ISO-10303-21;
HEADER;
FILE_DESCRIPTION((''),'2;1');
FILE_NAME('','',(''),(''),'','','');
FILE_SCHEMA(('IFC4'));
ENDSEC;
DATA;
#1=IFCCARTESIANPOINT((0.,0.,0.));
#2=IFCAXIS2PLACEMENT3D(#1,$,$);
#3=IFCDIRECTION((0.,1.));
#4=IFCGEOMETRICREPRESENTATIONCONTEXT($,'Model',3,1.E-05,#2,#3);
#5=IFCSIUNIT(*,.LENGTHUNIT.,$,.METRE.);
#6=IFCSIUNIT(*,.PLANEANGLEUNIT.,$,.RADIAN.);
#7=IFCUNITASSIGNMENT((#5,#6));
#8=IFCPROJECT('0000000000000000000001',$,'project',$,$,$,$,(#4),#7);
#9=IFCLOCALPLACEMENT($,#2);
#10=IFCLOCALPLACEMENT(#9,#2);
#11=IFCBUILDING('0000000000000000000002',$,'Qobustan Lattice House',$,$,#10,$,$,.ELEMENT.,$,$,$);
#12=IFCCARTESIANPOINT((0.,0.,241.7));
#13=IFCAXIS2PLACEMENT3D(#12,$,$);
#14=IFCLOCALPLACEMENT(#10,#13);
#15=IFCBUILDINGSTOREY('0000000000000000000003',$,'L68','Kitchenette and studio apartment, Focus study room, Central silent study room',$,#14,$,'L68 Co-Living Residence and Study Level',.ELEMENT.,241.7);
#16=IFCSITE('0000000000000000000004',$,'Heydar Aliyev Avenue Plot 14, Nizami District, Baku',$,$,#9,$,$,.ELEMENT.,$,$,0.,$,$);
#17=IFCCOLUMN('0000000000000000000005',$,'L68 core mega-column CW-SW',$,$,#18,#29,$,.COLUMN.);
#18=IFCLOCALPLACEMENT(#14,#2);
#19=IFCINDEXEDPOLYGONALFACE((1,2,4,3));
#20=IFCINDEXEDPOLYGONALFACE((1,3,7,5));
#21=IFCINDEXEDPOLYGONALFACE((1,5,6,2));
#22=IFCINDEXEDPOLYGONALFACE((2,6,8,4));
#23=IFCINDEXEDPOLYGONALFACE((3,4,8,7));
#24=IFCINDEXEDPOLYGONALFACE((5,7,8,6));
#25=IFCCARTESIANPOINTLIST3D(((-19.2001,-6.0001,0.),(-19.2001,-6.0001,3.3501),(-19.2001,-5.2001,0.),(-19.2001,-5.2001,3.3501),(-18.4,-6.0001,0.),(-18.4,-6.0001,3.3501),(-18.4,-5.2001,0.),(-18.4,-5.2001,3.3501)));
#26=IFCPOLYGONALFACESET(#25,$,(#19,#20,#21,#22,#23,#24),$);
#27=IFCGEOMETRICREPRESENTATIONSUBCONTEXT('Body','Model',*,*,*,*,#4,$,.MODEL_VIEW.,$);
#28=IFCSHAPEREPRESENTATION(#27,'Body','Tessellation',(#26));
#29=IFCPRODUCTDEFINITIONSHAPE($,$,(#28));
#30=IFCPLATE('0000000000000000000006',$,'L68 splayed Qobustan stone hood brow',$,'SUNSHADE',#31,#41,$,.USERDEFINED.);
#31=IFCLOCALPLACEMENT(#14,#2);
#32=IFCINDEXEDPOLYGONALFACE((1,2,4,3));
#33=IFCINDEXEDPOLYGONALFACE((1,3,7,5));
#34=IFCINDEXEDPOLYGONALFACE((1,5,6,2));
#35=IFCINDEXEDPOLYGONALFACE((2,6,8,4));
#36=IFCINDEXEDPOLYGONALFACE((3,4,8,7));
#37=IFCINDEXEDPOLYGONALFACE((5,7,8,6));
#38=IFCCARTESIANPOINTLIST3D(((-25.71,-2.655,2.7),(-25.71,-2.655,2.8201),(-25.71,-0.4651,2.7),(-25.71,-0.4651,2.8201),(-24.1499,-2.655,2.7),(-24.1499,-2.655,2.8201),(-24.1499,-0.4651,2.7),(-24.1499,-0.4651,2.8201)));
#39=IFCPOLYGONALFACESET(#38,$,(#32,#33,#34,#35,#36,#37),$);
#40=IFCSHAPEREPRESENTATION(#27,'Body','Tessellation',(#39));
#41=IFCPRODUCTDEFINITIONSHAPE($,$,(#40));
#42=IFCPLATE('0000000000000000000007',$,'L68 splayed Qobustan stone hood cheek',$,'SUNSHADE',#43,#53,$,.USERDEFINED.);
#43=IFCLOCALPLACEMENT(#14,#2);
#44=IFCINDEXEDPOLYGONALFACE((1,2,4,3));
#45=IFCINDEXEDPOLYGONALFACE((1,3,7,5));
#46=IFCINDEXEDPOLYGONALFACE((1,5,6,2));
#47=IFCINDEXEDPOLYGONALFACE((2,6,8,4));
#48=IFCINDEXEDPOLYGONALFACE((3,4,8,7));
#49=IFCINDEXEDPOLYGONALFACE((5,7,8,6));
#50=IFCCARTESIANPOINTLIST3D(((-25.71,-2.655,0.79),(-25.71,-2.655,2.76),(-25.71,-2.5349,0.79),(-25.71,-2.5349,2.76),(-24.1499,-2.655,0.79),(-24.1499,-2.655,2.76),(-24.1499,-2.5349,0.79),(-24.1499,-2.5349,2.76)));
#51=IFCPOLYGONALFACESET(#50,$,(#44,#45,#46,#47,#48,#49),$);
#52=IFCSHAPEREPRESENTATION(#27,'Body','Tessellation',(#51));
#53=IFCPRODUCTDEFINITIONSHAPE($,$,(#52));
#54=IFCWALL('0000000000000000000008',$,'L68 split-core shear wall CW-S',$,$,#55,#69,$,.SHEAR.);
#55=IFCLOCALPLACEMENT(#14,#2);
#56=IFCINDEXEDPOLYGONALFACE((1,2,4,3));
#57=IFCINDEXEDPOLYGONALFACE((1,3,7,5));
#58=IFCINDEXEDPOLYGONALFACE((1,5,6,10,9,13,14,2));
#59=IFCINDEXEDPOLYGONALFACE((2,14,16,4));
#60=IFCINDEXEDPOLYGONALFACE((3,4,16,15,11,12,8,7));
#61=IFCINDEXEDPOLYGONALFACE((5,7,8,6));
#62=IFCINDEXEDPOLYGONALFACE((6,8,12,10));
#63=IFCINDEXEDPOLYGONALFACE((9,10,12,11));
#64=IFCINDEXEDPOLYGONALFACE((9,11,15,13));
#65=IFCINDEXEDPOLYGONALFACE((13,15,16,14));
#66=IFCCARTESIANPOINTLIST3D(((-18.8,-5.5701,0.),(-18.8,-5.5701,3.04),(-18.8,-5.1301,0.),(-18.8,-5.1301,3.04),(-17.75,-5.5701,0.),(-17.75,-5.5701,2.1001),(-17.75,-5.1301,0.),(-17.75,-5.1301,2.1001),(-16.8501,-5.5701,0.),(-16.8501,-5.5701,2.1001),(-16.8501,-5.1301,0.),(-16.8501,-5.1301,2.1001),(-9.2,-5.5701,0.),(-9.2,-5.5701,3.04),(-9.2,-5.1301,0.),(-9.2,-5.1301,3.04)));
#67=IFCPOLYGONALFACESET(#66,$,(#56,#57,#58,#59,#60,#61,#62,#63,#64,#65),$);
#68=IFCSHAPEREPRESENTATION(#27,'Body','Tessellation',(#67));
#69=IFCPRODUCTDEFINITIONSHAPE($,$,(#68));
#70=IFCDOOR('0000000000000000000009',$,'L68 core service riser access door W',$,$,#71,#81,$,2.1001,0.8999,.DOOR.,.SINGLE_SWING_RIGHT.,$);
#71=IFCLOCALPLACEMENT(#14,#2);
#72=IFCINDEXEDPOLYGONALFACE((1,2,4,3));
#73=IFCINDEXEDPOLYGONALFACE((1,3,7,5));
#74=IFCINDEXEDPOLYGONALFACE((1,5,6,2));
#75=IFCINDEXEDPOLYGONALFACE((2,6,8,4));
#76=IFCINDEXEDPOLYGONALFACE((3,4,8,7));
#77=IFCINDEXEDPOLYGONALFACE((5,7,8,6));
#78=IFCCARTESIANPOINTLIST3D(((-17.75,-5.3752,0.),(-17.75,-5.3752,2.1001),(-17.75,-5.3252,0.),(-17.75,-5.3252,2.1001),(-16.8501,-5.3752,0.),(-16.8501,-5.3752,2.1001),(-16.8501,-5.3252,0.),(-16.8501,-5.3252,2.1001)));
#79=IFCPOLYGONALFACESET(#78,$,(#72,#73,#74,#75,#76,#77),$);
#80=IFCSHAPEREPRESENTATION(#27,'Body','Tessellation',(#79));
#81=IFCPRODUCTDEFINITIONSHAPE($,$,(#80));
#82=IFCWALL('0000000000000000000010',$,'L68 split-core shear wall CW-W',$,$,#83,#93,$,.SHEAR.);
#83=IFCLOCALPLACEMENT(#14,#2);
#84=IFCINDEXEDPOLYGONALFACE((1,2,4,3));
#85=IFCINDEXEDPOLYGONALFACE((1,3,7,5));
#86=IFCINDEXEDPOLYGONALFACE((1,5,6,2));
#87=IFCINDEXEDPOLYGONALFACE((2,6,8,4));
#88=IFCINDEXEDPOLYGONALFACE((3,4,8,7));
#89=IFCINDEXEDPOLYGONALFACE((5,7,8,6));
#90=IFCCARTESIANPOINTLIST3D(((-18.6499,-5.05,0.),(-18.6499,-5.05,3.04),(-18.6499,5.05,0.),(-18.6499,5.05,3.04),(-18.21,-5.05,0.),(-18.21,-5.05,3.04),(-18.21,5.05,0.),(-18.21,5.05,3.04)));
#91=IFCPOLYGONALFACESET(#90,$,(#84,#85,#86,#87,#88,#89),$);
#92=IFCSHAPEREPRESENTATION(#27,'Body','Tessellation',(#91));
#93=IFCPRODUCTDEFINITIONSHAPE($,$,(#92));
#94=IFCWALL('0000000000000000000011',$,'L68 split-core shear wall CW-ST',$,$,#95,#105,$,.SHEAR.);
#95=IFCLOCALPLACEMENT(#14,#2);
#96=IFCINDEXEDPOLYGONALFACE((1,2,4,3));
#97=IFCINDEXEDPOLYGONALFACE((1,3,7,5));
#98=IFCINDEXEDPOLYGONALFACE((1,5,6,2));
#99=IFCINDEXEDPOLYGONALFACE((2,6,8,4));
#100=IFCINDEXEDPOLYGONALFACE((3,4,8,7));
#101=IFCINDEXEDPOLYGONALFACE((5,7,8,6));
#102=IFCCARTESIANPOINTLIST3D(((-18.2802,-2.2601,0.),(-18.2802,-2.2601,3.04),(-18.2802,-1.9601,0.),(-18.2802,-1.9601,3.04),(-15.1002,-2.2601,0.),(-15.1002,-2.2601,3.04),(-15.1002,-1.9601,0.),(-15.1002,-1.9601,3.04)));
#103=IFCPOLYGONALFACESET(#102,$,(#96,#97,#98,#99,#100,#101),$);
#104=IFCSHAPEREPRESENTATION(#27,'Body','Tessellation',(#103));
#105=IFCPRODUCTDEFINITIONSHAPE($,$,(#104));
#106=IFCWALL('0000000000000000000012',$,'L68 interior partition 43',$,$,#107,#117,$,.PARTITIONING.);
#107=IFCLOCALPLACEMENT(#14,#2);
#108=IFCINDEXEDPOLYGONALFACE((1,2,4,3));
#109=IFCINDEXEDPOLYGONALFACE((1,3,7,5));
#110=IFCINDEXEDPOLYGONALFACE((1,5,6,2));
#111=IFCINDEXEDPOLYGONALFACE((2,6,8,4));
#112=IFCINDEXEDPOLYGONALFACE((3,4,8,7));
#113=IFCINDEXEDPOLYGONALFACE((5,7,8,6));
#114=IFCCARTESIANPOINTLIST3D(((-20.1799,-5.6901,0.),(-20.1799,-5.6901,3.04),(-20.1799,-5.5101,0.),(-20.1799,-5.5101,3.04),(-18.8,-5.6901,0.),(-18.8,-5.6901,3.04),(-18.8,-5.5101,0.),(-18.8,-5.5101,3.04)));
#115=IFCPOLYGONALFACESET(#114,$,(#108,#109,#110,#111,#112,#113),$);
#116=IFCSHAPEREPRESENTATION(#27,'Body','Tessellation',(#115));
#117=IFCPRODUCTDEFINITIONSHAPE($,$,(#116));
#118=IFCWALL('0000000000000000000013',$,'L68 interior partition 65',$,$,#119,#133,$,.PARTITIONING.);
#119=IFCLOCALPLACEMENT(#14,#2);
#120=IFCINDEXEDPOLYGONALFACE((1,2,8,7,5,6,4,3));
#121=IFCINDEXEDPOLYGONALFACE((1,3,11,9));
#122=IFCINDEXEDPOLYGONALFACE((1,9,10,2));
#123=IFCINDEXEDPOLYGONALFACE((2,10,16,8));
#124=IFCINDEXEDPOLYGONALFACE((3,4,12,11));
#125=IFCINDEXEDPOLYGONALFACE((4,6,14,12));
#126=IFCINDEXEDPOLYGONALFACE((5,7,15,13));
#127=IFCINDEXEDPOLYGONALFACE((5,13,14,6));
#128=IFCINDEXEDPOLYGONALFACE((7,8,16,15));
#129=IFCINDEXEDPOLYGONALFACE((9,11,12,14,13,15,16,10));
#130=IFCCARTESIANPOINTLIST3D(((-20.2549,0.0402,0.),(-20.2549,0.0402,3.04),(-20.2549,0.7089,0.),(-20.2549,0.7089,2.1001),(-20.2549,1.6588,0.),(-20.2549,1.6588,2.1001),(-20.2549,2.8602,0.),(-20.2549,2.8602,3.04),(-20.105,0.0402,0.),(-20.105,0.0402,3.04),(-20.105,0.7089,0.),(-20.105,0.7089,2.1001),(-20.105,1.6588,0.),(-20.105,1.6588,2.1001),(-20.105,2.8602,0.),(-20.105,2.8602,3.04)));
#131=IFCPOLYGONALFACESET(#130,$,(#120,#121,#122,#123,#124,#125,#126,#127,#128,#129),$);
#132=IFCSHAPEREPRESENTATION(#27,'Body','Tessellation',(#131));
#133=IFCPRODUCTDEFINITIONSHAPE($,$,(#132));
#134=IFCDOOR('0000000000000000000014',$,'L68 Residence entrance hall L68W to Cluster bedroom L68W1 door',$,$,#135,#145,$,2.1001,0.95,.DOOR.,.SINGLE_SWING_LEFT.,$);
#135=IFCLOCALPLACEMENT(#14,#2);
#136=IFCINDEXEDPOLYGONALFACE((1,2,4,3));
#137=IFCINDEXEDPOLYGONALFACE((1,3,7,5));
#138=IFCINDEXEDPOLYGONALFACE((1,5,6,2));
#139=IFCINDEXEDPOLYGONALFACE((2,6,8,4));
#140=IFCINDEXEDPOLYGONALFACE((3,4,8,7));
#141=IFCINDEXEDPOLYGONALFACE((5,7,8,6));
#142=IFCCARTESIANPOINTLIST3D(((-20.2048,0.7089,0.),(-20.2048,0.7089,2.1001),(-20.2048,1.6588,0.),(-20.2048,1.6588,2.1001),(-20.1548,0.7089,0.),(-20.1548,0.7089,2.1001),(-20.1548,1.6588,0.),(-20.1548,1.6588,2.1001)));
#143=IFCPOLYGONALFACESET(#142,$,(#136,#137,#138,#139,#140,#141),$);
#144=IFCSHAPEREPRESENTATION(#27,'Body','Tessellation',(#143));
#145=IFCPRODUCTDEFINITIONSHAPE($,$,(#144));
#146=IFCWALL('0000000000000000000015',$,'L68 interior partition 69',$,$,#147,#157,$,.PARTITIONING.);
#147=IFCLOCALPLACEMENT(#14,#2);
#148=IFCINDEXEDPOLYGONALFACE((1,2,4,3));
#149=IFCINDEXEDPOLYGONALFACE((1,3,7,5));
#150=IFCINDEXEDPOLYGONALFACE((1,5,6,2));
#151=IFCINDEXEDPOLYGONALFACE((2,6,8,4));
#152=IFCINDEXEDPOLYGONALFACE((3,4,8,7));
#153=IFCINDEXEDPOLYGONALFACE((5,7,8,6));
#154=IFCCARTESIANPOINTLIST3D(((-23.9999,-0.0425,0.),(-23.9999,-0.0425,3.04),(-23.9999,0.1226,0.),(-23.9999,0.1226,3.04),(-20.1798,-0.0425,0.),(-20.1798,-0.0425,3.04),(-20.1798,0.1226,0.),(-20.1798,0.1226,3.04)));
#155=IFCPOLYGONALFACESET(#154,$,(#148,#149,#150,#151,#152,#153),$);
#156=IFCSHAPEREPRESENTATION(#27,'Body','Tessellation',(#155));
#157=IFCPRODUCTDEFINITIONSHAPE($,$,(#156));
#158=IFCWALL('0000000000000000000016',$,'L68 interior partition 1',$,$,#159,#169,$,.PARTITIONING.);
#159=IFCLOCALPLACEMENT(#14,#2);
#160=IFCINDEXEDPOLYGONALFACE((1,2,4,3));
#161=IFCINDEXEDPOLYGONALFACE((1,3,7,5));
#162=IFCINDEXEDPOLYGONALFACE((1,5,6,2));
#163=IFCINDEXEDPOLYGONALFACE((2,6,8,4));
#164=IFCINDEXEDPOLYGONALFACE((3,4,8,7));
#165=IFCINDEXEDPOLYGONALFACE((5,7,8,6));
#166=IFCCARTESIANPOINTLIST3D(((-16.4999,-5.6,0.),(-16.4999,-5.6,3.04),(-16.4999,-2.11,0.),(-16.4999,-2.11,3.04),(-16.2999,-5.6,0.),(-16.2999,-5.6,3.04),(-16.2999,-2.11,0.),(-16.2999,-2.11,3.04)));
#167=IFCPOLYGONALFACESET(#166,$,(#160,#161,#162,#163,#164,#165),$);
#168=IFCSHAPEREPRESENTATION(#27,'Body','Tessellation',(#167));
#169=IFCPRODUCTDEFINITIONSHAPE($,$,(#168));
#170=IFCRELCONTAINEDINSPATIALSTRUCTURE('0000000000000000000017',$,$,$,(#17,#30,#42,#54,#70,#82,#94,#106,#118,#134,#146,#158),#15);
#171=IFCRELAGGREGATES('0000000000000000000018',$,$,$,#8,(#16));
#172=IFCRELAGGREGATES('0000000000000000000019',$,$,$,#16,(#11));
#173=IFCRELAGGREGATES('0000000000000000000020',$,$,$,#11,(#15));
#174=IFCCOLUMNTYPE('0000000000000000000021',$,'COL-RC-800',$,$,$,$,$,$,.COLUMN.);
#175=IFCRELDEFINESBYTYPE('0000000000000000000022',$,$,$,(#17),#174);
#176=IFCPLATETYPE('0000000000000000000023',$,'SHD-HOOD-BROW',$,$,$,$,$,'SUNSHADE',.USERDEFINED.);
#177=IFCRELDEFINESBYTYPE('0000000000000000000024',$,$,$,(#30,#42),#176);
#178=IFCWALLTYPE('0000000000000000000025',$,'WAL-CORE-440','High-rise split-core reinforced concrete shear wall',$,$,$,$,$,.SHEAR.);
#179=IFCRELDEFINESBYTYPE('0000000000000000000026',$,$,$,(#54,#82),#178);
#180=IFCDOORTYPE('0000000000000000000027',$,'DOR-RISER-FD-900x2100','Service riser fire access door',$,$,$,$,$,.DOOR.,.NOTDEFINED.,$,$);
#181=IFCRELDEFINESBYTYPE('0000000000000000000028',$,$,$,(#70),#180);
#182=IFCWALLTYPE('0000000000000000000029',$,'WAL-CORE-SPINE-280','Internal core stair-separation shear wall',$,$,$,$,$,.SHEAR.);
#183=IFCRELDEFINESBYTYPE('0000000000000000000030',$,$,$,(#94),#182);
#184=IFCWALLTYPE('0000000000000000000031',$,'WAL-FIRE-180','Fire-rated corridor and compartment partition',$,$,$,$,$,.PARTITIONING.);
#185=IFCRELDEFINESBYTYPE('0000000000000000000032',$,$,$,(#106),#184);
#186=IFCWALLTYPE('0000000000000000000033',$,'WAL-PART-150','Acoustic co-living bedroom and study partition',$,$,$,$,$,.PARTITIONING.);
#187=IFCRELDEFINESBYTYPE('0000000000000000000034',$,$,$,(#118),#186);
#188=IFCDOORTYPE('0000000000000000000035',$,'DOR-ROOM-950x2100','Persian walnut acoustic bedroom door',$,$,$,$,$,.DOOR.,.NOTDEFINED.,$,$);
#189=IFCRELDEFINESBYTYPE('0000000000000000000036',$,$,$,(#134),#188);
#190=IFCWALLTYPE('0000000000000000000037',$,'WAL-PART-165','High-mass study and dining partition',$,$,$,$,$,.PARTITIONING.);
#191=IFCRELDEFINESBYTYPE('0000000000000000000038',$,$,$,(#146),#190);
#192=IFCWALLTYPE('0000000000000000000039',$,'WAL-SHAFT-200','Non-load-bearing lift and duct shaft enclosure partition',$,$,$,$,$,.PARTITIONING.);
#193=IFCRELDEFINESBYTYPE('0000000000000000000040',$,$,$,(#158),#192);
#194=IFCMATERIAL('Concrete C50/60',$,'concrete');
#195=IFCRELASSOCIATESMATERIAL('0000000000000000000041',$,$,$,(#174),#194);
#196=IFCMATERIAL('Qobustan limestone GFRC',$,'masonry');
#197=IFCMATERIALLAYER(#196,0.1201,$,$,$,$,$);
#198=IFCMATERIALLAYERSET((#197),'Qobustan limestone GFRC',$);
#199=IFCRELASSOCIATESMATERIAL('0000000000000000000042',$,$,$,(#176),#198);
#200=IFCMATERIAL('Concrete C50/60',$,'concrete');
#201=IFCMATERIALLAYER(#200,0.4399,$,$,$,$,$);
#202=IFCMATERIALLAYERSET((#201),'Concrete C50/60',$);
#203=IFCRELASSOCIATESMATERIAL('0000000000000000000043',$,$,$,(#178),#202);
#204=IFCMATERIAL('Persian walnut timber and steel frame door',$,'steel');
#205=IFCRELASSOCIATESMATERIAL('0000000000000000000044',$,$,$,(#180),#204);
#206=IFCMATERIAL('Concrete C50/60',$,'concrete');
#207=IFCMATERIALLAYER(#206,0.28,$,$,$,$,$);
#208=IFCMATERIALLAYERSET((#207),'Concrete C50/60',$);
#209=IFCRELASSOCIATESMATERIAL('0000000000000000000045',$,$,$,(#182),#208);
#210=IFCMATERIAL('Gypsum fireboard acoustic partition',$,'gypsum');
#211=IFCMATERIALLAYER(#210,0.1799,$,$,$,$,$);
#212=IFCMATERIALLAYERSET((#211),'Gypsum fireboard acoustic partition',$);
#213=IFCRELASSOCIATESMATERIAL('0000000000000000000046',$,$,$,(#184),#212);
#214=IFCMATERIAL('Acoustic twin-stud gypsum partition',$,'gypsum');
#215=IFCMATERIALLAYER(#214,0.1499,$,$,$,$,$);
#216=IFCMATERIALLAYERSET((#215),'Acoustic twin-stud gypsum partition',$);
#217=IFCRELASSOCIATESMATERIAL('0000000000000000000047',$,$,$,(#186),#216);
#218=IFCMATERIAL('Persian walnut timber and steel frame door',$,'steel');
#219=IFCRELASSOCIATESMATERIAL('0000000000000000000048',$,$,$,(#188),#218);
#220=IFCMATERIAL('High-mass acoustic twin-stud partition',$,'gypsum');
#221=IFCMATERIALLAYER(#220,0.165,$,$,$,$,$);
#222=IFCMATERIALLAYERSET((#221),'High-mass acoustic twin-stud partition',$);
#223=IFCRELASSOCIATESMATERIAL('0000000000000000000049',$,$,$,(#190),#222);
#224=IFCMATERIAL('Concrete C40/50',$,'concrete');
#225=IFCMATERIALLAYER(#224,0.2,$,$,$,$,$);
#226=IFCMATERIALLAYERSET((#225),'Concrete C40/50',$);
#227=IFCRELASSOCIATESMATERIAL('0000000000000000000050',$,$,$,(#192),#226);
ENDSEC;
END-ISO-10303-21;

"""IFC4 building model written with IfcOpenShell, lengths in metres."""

from ifc_helpers import new_model, si_unit, direction, frame, frame_2d, origin, origin_2d, place, context, subcontext, project, spatial, rectangle, extrude, material, layer, layer_set, material_profile, profile_set, type_object, element, fill, save


model = new_model("IFC4")

# Units and contexts
model_context = context("Model", 3, precision=1e-05, world=origin(), true_north=direction((0.0, 1.0)))
body_context = subcontext(model_context, "Body", "Model", "MODEL_VIEW")
ifc_project = project(units=[si_unit("LENGTHUNIT", "METRE"), si_unit("PLANEANGLEUNIT", "RADIAN")], contexts=[model_context])

# Site, building, storey
site_placement = place(None, origin())
site = spatial("IfcSite", under=ifc_project, at=site_placement, Name="Heydar Aliyev Avenue Plot 14, Nizami District, Baku", CompositionType="ELEMENT", RefElevation=0.0)
building_placement = place(site_placement, origin())
building = spatial("IfcBuilding", under=site, at=building_placement, Name="Qobustan Lattice House", CompositionType="ELEMENT")
storey_placement = place(building_placement, frame((0.0, 0.0, 241.7)))
storey = spatial("IfcBuildingStorey", under=building, at=storey_placement, Name="L68", Description="Kitchenette and studio apartment, Focus study room, Central silent study room", LongName="L68 Co-Living Residence and Study Level", CompositionType="ELEMENT", Elevation=241.7)

# Column
ifc_material_1 = material(Name="Concrete C50/60", Category="concrete")
ifc_material_profile = material_profile(ifc_material_1, rectangle(XDim=0.8, YDim=0.8, at=origin_2d()), Name="RC800x800")
ifc_profile_set = profile_set([ifc_material_profile], Name="Concrete C50/60")
column_type = type_object("IfcColumnType", Name="COL-RC-800", PredefinedType="COLUMN", material=ifc_profile_set)
column_placement = place(storey_placement, frame((-18.8, -5.6001, 0.0), z_axis=(0.0, 0.0, 1.0), x_axis=(1.0, 0.0, 0.0)))
element("IfcColumn", 1, at=column_placement, inside=storey, type_object=column_type, Name="L68 core mega-column CW-SW", PredefinedType="COLUMN", context=body_context, shape_type="SweptSolid", body=[
    extrude(rectangle(XDim=0.8, YDim=0.8, at=origin_2d()), origin(), (0.0, 0.0, 1.0), 3.3501),
])

# Plates
ifc_material_2 = material(Name="Qobustan limestone GFRC", Category="masonry")
ifc_layer_1 = layer(ifc_material_2, 0.1201)
ifc_layer_set_1 = layer_set([ifc_layer_1], Name="Qobustan limestone GFRC")
plate_type = type_object("IfcPlateType", Name="SHD-HOOD-BROW", ElementType="SUNSHADE", PredefinedType="USERDEFINED", material=ifc_layer_set_1)
plate_1_placement = place(storey_placement, frame((-24.9299, -1.5601, 2.7), z_axis=(0.0, 0.0, 1.0), x_axis=(0.0, 1.0, 0.0)))
element("IfcPlate", 2, at=plate_1_placement, inside=storey, type_object=plate_type, Name="L68 splayed Qobustan stone hood brow", ObjectType="SUNSHADE", PredefinedType="USERDEFINED", context=body_context, shape_type="SweptSolid", body=[
    extrude(rectangle(XDim=2.1899, YDim=1.5601, at=origin_2d()), origin(), (0.0, 0.0, 1.0), 0.1201),
])
plate_2_placement = place(storey_placement, frame((-24.9299, -2.595, 0.79), z_axis=(0.0, 0.0, 1.0), x_axis=(0.0, 1.0, 0.0)))
element("IfcPlate", 3, at=plate_2_placement, inside=storey, type_object=plate_type, Name="L68 splayed Qobustan stone hood cheek", ObjectType="SUNSHADE", PredefinedType="USERDEFINED", context=body_context, shape_type="SweptSolid", body=[
    extrude(rectangle(XDim=0.1201, YDim=1.5601, at=origin_2d()), origin(), (0.0, 0.0, 1.0), 1.97),
])

# Wall, opening, door
ifc_material_3 = material(Name="Concrete C50/60", Category="concrete")
ifc_layer_2 = layer(ifc_material_3, 0.4399)
ifc_layer_set_2 = layer_set([ifc_layer_2], Name="Concrete C50/60")
wall_type_1 = type_object("IfcWallType", Name="WAL-CORE-440", Description="High-rise split-core reinforced concrete shear wall", PredefinedType="SHEAR", material=ifc_layer_set_2)
wall_1_placement = place(storey_placement, frame((-18.8, -5.3501, 0.0), z_axis=(0.0, 0.0, 1.0), x_axis=(1.0, 0.0, 0.0)))
wall_1 = element("IfcWall", 4, at=wall_1_placement, inside=storey, type_object=wall_type_1, Name="L68 split-core shear wall CW-S", PredefinedType="SHEAR", context=body_context, shape_type="SweptSolid", body=[
    extrude(rectangle(XDim=9.6001, YDim=0.4399, at=frame_2d((4.8, 0.0))), origin(), (0.0, 0.0, 1.0), 3.04),
])
opening_1_placement = place(wall_1_placement, frame((1.05, 0.0, 0.0)))
opening_1 = element("IfcOpeningElement", 5, at=opening_1_placement, cuts=wall_1, PredefinedType="OPENING", context=body_context, shape_type="SweptSolid", body=[
    extrude(rectangle(XDim=0.8999, YDim=2.1001, at=frame_2d((0.45, 1.05))), frame((0.0, 0.23, 0.0), z_axis=(0.0, -1.0, 0.0), x_axis=(1.0, 0.0, 0.0)), (0.0, 0.0, 1.0), 0.46),
])
ifc_material_4 = material(Name="Persian walnut timber and steel frame door", Category="steel")
door_type_1 = type_object("IfcDoorType", Name="DOR-RISER-FD-900x2100", Description="Service riser fire access door", OperationType="NOTDEFINED", PredefinedType="DOOR", material=ifc_material_4)
door_1_placement = place(opening_1_placement, origin())
door_1 = element("IfcDoor", 6, at=door_1_placement, inside=storey, type_object=door_type_1, Name="L68 core service riser access door W", OperationType="SINGLE_SWING_RIGHT", OverallHeight=2.1001, OverallWidth=0.8999, PredefinedType="DOOR", context=body_context, shape_type="SweptSolid", body=[
    extrude(rectangle(XDim=0.8999, YDim=2.1001, at=frame_2d((0.45, 1.05))), frame((0.0, 0.0249, 0.0), z_axis=(0.0, -1.0, 0.0), x_axis=(1.0, 0.0, 0.0)), (0.0, 0.0, 1.0), 0.05),
])
fill(opening_1, door_1)

# Walls
wall_2_placement = place(storey_placement, frame((-18.4299, -5.05, 0.0), z_axis=(0.0, 0.0, 1.0), x_axis=(0.0, 1.0, 0.0)))
element("IfcWall", 7, at=wall_2_placement, inside=storey, type_object=wall_type_1, Name="L68 split-core shear wall CW-W", PredefinedType="SHEAR", context=body_context, shape_type="SweptSolid", body=[
    extrude(rectangle(XDim=10.1001, YDim=0.4399, at=frame_2d((5.05, 0.0))), origin(), (0.0, 0.0, 1.0), 3.04),
])
ifc_material_5 = material(Name="Concrete C50/60", Category="concrete")
ifc_layer_3 = layer(ifc_material_5, 0.28)
ifc_layer_set_3 = layer_set([ifc_layer_3], Name="Concrete C50/60")
wall_type_2 = type_object("IfcWallType", Name="WAL-CORE-SPINE-280", Description="Internal core stair-separation shear wall", PredefinedType="SHEAR", material=ifc_layer_set_3)
wall_3_placement = place(storey_placement, frame((-18.28, -2.1101, 0.0), z_axis=(0.0, 0.0, 1.0), x_axis=(1.0, 0.0, 0.0)))
element("IfcWall", 8, at=wall_3_placement, inside=storey, type_object=wall_type_2, Name="L68 split-core shear wall CW-ST", PredefinedType="SHEAR", context=body_context, shape_type="SweptSolid", body=[
    extrude(rectangle(XDim=3.1799, YDim=0.3, at=frame_2d((1.5898, 0.0))), origin(), (0.0, 0.0, 1.0), 3.04),
])
ifc_material_6 = material(Name="Gypsum fireboard acoustic partition", Category="gypsum")
ifc_layer_4 = layer(ifc_material_6, 0.1799)
ifc_layer_set_4 = layer_set([ifc_layer_4], Name="Gypsum fireboard acoustic partition")
wall_type_3 = type_object("IfcWallType", Name="WAL-FIRE-180", Description="Fire-rated corridor and compartment partition", PredefinedType="PARTITIONING", material=ifc_layer_set_4)
wall_4_placement = place(storey_placement, frame((-20.1799, -5.6001, 0.0), z_axis=(0.0, 0.0, 1.0), x_axis=(1.0, 0.0, 0.0)))
element("IfcWall", 9, at=wall_4_placement, inside=storey, type_object=wall_type_3, Name="L68 interior partition 43", PredefinedType="PARTITIONING", context=body_context, shape_type="SweptSolid", body=[
    extrude(rectangle(XDim=1.3799, YDim=0.1799, at=frame_2d((0.6899, 0.0))), origin(), (0.0, 0.0, 1.0), 3.04),
])

# Wall, opening, door
ifc_material_7 = material(Name="Acoustic twin-stud gypsum partition", Category="gypsum")
ifc_layer_5 = layer(ifc_material_7, 0.1499)
ifc_layer_set_5 = layer_set([ifc_layer_5], Name="Acoustic twin-stud gypsum partition")
wall_type_4 = type_object("IfcWallType", Name="WAL-PART-150", Description="Acoustic co-living bedroom and study partition", PredefinedType="PARTITIONING", material=ifc_layer_set_5)
wall_5_placement = place(storey_placement, frame((-20.1799, 0.04, 0.0), z_axis=(0.0, 0.0, 1.0), x_axis=(0.0, 1.0, 0.0)))
wall_5 = element("IfcWall", 10, at=wall_5_placement, inside=storey, type_object=wall_type_4, Name="L68 interior partition 65", PredefinedType="PARTITIONING", context=body_context, shape_type="SweptSolid", body=[
    extrude(rectangle(XDim=2.8201, YDim=0.1499, at=frame_2d((1.4102, 0.0))), origin(), (0.0, 0.0, 1.0), 3.04),
])
opening_2_placement = place(wall_5_placement, frame((0.6687, 0.0, 0.0)))
opening_2 = element("IfcOpeningElement", 11, at=opening_2_placement, cuts=wall_5, PredefinedType="OPENING", context=body_context, shape_type="SweptSolid", body=[
    extrude(rectangle(XDim=0.95, YDim=2.1001, at=frame_2d((0.4751, 1.05))), frame((0.0, 0.085, 0.0), z_axis=(0.0, -1.0, 0.0), x_axis=(1.0, 0.0, 0.0)), (0.0, 0.0, 1.0), 0.1699),
])
ifc_material_8 = material(Name="Persian walnut timber and steel frame door", Category="steel")
door_type_2 = type_object("IfcDoorType", Name="DOR-ROOM-950x2100", Description="Persian walnut acoustic bedroom door", OperationType="NOTDEFINED", PredefinedType="DOOR", material=ifc_material_8)
door_2_placement = place(opening_2_placement, origin())
door_2 = element("IfcDoor", 12, at=door_2_placement, inside=storey, type_object=door_type_2, Name="L68 Residence entrance hall L68W to Cluster bedroom L68W1 door", OperationType="SINGLE_SWING_LEFT", OverallHeight=2.1001, OverallWidth=0.95, PredefinedType="DOOR", context=body_context, shape_type="SweptSolid", body=[
    extrude(rectangle(XDim=0.95, YDim=2.1001, at=frame_2d((0.4751, 1.05))), frame((0.0, 0.0249, 0.0), z_axis=(0.0, -1.0, 0.0), x_axis=(1.0, 0.0, 0.0)), (0.0, 0.0, 1.0), 0.05),
])
fill(opening_2, door_2)
ifc_material_9 = material(Name="High-mass acoustic twin-stud partition", Category="gypsum")
ifc_layer_6 = layer(ifc_material_9, 0.165)
ifc_layer_set_6 = layer_set([ifc_layer_6], Name="High-mass acoustic twin-stud partition")
wall_type_5 = type_object("IfcWallType", Name="WAL-PART-165", Description="High-mass study and dining partition", PredefinedType="PARTITIONING", material=ifc_layer_set_6)

# Walls
wall_6_placement = place(storey_placement, frame((-24.0, 0.04, 0.0), z_axis=(0.0, 0.0, 1.0), x_axis=(1.0, 0.0, 0.0)))
element("IfcWall", 13, at=wall_6_placement, inside=storey, type_object=wall_type_5, Name="L68 interior partition 69", PredefinedType="PARTITIONING", context=body_context, shape_type="SweptSolid", body=[
    extrude(rectangle(XDim=3.8201, YDim=0.165, at=frame_2d((1.9102, 0.0))), origin(), (0.0, 0.0, 1.0), 3.04),
])
ifc_material_10 = material(Name="Concrete C40/50", Category="concrete")
ifc_layer_7 = layer(ifc_material_10, 0.2)
ifc_layer_set_7 = layer_set([ifc_layer_7], Name="Concrete C40/50")
wall_type_6 = type_object("IfcWallType", Name="WAL-SHAFT-200", Description="Non-load-bearing lift and duct shaft enclosure partition", PredefinedType="PARTITIONING", material=ifc_layer_set_7)
wall_7_placement = place(storey_placement, frame((-16.3999, -5.6001, 0.0), z_axis=(0.0, 0.0, 1.0), x_axis=(0.0, 1.0, 0.0)))
element("IfcWall", 14, at=wall_7_placement, inside=storey, type_object=wall_type_6, Name="L68 interior partition 1", PredefinedType="PARTITIONING", context=body_context, shape_type="SweptSolid", body=[
    extrude(rectangle(XDim=3.49, YDim=0.2, at=frame_2d((1.7451, 0.0))), origin(), (0.0, 0.0, 1.0), 3.04),
])

save(model, "model.ifc")
